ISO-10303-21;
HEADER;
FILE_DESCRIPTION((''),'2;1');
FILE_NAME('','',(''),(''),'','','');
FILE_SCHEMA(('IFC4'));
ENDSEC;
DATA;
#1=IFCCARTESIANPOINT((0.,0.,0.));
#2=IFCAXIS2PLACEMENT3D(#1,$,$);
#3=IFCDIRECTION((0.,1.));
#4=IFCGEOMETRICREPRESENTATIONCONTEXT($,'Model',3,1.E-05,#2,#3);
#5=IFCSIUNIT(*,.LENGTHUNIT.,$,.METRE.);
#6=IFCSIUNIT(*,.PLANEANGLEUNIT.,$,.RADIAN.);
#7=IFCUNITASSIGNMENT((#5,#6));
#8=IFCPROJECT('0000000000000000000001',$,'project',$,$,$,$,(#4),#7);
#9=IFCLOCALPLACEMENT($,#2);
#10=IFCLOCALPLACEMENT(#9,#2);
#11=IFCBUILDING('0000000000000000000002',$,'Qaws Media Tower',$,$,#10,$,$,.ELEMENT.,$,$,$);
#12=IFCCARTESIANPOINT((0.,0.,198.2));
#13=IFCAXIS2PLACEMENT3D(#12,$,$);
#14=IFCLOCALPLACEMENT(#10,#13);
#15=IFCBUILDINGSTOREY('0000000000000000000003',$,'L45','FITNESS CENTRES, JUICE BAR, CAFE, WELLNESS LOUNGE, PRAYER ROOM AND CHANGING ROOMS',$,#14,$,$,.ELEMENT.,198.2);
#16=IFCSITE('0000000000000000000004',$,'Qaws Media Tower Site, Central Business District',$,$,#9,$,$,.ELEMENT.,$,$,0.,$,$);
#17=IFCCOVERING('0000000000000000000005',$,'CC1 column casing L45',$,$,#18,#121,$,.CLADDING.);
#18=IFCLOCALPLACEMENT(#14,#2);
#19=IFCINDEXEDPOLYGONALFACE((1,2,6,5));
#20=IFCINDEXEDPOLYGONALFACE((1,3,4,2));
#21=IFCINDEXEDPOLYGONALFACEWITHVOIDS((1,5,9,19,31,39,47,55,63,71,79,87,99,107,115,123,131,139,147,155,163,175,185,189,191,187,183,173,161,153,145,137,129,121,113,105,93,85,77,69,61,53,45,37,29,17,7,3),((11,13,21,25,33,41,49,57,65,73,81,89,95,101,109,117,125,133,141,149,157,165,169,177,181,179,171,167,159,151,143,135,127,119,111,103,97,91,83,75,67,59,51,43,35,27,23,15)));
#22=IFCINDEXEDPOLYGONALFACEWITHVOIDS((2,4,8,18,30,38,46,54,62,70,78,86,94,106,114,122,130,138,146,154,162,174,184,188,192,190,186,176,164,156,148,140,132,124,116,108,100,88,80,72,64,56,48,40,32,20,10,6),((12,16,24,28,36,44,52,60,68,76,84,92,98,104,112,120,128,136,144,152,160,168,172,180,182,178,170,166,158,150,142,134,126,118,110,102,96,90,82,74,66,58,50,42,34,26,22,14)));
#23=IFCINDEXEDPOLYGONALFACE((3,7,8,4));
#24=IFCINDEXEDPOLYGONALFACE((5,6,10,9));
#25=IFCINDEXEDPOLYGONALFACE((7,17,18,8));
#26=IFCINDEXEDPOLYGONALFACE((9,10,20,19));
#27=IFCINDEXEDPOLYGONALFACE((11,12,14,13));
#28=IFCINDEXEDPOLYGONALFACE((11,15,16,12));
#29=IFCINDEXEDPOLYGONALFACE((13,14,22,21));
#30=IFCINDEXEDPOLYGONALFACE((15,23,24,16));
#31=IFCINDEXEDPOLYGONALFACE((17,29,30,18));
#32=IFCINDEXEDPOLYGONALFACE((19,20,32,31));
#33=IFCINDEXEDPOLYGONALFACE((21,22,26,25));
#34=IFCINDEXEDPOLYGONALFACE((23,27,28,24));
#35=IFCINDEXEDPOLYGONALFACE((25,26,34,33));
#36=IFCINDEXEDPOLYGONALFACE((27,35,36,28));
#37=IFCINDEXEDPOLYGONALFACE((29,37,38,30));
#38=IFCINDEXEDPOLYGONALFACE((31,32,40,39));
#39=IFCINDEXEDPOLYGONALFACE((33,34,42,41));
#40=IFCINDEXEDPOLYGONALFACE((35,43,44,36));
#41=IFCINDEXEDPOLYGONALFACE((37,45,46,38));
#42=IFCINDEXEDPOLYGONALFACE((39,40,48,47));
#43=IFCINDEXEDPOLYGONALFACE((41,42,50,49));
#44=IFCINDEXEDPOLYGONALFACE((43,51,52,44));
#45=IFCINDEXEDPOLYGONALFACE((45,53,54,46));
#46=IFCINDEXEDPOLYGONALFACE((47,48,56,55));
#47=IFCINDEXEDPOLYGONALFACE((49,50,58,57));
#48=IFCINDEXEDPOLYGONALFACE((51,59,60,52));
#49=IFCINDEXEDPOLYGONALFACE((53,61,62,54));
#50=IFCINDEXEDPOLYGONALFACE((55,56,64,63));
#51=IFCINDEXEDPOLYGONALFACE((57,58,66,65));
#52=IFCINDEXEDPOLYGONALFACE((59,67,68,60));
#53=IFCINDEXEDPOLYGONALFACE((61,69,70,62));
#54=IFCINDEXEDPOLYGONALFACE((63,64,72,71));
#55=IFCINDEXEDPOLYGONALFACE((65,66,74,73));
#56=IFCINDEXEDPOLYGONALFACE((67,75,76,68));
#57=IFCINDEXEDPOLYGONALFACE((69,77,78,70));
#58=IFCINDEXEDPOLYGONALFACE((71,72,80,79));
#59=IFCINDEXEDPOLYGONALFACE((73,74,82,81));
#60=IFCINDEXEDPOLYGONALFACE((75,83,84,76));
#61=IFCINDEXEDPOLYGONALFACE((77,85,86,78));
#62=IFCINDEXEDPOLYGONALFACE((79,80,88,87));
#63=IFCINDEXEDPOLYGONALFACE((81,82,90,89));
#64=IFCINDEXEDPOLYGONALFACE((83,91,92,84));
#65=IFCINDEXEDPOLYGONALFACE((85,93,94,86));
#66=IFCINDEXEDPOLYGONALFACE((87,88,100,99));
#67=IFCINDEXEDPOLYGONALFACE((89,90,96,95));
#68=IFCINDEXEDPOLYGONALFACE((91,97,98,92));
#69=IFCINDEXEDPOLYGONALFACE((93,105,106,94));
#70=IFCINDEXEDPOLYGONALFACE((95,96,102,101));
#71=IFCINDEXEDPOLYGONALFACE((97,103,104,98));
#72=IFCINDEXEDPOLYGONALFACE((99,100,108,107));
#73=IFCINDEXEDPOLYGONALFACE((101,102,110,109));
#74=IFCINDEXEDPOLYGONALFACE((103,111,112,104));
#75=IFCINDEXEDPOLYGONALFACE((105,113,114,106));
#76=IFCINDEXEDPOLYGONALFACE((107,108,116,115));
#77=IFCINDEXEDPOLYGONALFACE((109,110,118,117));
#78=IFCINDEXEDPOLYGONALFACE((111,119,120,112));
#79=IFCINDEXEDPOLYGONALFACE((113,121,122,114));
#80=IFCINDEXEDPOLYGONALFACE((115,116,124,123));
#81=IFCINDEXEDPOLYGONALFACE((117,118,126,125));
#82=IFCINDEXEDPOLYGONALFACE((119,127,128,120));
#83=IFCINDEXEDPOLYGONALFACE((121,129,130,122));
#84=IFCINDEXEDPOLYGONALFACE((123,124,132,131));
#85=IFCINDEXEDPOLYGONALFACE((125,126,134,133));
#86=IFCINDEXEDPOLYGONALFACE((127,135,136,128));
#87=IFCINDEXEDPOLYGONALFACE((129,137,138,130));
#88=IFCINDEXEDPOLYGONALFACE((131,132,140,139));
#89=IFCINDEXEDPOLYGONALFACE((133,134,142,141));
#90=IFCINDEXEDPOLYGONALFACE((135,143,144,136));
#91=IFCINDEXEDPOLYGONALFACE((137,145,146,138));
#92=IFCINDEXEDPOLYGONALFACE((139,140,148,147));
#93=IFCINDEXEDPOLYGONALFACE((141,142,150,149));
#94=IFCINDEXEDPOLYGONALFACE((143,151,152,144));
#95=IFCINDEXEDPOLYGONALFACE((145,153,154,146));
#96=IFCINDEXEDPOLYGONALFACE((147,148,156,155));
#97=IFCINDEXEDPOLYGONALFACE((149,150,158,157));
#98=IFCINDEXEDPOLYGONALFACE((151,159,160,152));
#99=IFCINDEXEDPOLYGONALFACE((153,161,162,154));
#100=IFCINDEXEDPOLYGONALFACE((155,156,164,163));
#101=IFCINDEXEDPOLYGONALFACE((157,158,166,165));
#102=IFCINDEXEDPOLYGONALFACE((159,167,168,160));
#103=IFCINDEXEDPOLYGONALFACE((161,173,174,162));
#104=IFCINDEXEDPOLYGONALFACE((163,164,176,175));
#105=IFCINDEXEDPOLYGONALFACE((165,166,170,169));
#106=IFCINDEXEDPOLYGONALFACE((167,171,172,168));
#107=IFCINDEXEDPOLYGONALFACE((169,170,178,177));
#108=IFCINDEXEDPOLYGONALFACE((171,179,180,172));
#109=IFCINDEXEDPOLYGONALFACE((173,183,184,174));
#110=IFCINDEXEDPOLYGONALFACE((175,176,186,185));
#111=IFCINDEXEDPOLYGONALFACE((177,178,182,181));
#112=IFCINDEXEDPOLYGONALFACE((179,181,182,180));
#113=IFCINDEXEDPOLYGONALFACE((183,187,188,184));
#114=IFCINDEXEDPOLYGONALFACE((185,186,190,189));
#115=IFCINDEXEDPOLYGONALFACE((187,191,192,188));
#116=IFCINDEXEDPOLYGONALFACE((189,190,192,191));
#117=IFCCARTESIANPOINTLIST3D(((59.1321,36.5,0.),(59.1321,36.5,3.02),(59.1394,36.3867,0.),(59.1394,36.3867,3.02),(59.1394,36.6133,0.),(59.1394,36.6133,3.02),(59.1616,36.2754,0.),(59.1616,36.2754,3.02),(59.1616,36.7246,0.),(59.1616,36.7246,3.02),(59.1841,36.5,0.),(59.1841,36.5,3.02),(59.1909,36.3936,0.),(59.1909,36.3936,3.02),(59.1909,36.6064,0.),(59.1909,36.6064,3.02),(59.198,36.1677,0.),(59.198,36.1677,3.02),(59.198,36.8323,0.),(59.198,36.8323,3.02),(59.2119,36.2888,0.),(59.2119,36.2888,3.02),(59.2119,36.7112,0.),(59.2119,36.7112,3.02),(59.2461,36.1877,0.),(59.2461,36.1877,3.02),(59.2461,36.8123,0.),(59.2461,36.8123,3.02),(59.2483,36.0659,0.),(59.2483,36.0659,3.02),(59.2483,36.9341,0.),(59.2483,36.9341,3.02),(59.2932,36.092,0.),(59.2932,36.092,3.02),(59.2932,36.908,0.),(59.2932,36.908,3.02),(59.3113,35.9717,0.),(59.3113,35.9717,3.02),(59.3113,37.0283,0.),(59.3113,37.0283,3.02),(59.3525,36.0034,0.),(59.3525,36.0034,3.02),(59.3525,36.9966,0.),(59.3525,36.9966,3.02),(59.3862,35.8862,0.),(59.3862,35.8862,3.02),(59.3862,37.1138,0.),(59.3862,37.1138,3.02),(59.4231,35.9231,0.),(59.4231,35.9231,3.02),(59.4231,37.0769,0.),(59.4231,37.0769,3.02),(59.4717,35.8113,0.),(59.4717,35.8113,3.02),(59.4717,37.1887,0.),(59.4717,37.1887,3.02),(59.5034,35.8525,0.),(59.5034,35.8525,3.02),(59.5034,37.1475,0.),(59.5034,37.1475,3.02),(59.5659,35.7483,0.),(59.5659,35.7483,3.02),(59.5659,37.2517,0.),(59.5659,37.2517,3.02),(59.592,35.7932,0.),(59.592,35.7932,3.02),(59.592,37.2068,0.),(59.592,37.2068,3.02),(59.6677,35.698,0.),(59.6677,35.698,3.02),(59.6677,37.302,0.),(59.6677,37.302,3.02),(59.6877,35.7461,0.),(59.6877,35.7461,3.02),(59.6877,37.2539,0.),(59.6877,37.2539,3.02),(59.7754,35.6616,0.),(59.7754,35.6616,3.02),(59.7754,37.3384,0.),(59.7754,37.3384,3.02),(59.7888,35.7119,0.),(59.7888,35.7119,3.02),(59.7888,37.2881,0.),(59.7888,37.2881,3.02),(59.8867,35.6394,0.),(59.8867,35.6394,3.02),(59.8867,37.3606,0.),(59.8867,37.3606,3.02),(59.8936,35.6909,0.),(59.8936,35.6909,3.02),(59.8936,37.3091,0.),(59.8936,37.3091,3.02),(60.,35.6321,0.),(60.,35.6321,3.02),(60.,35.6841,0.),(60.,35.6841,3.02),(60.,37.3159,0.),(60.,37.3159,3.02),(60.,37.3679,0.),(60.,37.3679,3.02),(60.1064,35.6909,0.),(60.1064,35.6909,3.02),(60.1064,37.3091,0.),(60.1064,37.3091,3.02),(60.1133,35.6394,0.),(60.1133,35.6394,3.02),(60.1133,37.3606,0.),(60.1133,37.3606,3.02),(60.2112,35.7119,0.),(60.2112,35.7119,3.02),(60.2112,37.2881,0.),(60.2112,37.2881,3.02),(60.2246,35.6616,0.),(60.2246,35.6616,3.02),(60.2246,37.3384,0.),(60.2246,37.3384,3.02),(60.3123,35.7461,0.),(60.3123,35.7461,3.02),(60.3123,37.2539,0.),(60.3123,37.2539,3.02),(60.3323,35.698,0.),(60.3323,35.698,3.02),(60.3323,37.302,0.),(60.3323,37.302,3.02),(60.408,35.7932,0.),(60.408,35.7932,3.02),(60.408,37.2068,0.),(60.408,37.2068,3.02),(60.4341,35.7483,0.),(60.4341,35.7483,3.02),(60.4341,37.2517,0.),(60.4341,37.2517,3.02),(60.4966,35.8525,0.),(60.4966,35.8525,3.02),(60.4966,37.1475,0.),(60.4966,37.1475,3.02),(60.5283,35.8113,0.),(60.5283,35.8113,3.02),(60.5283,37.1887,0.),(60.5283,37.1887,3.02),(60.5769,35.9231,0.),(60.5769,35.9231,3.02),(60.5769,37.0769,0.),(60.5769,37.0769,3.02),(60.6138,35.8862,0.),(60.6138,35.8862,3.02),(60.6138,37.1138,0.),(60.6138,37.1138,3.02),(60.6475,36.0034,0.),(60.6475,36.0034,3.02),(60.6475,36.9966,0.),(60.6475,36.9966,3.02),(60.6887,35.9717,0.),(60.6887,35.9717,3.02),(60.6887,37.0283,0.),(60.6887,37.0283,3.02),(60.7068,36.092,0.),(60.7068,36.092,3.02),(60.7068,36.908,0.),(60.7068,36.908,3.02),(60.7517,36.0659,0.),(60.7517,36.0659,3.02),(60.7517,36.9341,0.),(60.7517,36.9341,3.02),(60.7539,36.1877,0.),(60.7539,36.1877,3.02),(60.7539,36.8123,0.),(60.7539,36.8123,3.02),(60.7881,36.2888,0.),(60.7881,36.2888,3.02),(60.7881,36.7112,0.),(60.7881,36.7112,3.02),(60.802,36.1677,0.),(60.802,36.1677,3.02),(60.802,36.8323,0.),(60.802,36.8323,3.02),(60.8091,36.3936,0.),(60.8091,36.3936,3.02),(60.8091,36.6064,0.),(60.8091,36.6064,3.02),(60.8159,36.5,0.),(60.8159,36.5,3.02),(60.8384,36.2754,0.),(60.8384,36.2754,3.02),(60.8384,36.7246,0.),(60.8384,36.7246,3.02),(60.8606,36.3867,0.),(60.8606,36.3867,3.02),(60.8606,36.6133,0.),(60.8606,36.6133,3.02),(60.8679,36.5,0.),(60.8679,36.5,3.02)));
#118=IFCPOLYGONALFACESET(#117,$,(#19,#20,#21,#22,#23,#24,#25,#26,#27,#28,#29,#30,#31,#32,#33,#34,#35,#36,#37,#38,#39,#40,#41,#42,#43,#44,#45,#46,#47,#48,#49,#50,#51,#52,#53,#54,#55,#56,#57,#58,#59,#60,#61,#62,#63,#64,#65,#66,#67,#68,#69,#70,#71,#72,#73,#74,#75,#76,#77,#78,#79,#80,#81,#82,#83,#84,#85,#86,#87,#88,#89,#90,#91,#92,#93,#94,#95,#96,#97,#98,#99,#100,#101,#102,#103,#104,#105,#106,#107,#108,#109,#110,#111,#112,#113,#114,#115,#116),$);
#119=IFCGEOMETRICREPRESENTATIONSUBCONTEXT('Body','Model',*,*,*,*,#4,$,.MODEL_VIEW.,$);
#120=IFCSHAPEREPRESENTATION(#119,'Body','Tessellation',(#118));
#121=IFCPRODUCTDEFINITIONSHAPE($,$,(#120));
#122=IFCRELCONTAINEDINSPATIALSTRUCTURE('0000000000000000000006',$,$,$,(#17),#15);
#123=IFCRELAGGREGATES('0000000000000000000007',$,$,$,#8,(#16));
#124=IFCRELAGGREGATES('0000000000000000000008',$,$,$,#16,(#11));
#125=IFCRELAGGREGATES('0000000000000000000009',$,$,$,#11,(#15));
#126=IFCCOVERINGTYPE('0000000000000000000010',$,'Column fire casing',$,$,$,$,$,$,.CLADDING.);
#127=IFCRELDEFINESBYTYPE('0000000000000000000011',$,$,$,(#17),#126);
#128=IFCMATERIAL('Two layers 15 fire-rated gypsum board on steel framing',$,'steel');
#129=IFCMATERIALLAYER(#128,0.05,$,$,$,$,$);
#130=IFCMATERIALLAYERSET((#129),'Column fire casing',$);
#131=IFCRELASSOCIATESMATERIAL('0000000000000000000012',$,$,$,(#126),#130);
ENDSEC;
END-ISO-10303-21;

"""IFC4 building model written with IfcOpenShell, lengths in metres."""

from ifc_helpers import new_model, si_unit, direction, frame, origin, place, context, subcontext, project, spatial, polyline, outline, extrude, material, layer, layer_set, type_object, element, save


model = new_model("IFC4")

# Units and contexts
model_context = context("Model", 3, precision=1e-05, world=origin(), true_north=direction((0.0, 1.0)))
body_context = subcontext(model_context, "Body", "Model", "MODEL_VIEW")
ifc_project = project(units=[si_unit("LENGTHUNIT", "METRE"), si_unit("PLANEANGLEUNIT", "RADIAN")], contexts=[model_context])

# Site, building, storey
site_placement = place(None, origin())
site = spatial("IfcSite", under=ifc_project, at=site_placement, Name="Qaws Media Tower Site, Central Business District", CompositionType="ELEMENT", RefElevation=0.0)
building_placement = place(site_placement, origin())
building = spatial("IfcBuilding", under=site, at=building_placement, Name="Qaws Media Tower", CompositionType="ELEMENT")
storey_placement = place(building_placement, frame((0.0, 0.0, 198.2)))
storey = spatial("IfcBuildingStorey", under=building, at=storey_placement, Name="L45", Description="FITNESS CENTRES, JUICE BAR, CAFE, WELLNESS LOUNGE, PRAYER ROOM AND CHANGING ROOMS", CompositionType="ELEMENT", Elevation=198.2)

# Covering
ifc_material_1 = material(Name="Two layers 15 fire-rated gypsum board on steel framing", Category="steel")
ifc_layer_1 = layer(ifc_material_1, 0.05)
ifc_layer_set_1 = layer_set([ifc_layer_1], Name="Column fire casing")
covering_type = type_object("IfcCoveringType", Name="Column fire casing", PredefinedType="CLADDING", material=ifc_layer_set_1)
covering_placement = place(storey_placement, origin())
element("IfcCovering", 1, at=covering_placement, inside=storey, type_object=covering_type, Name="CC1 column casing L45", PredefinedType="CLADDING", context=body_context, shape_type="SweptSolid", body=[
    extrude(outline(polyline([(60.8679, 36.5), (60.8606, 36.3867), (60.8384, 36.2754), (60.802, 36.1677), (60.7517, 36.0659), (60.6887, 35.9717), (60.6138, 35.8862), (60.5283, 35.8113), (60.4341, 35.7483), (60.3323, 35.698), (60.2246, 35.6616), (60.1133, 35.6394), (60.0, 35.6321), (59.8867, 35.6394), (59.7754, 35.6616), (59.6677, 35.698), (59.5659, 35.7483), (59.4717, 35.8113), (59.3862, 35.8862), (59.3113, 35.9717), (59.2483, 36.0659), (59.198, 36.1677), (59.1616, 36.2754), (59.1394, 36.3867), (59.1321, 36.5), (59.1394, 36.6133), (59.1616, 36.7246), (59.198, 36.8323), (59.2483, 36.9341), (59.3113, 37.0283), (59.3862, 37.1138), (59.4717, 37.1887), (59.5659, 37.2517), (59.6677, 37.302), (59.7754, 37.3384), (59.8867, 37.3606), (60.0, 37.3679), (60.1133, 37.3606), (60.2246, 37.3384), (60.3323, 37.302), (60.4341, 37.2517), (60.5283, 37.1887), (60.6138, 37.1138), (60.6887, 37.0283), (60.7517, 36.9341), (60.802, 36.8323), (60.8384, 36.7246), (60.8606, 36.6133), (60.8679, 36.5)]), holes=[polyline([(60.8159, 36.5), (60.8091, 36.3936), (60.7881, 36.2888), (60.7539, 36.1877), (60.7068, 36.092), (60.6475, 36.0034), (60.5769, 35.9231), (60.4966, 35.8525), (60.408, 35.7932), (60.3123, 35.7461), (60.2112, 35.7119), (60.1064, 35.6909), (60.0, 35.6841), (59.8936, 35.6909), (59.7888, 35.7119), (59.6877, 35.7461), (59.592, 35.7932), (59.5034, 35.8525), (59.4231, 35.9231), (59.3525, 36.0034), (59.2932, 36.092), (59.2461, 36.1877), (59.2119, 36.2888), (59.1909, 36.3936), (59.1841, 36.5), (59.1909, 36.6064), (59.2119, 36.7112), (59.2461, 36.8123), (59.2932, 36.908), (59.3525, 36.9966), (59.4231, 37.0769), (59.5034, 37.1475), (59.592, 37.2068), (59.6877, 37.2539), (59.7888, 37.2881), (59.8936, 37.3091), (60.0, 37.3159), (60.1064, 37.3091), (60.2112, 37.2881), (60.3123, 37.2539), (60.408, 37.2068), (60.4966, 37.1475), (60.5769, 37.0769), (60.6475, 36.9966), (60.7068, 36.908), (60.7539, 36.8123), (60.7881, 36.7112), (60.8091, 36.6064), (60.8159, 36.5)])]), origin(), (0.0, 0.0, 1.0), 3.02),
])

save(model, "model.ifc")
